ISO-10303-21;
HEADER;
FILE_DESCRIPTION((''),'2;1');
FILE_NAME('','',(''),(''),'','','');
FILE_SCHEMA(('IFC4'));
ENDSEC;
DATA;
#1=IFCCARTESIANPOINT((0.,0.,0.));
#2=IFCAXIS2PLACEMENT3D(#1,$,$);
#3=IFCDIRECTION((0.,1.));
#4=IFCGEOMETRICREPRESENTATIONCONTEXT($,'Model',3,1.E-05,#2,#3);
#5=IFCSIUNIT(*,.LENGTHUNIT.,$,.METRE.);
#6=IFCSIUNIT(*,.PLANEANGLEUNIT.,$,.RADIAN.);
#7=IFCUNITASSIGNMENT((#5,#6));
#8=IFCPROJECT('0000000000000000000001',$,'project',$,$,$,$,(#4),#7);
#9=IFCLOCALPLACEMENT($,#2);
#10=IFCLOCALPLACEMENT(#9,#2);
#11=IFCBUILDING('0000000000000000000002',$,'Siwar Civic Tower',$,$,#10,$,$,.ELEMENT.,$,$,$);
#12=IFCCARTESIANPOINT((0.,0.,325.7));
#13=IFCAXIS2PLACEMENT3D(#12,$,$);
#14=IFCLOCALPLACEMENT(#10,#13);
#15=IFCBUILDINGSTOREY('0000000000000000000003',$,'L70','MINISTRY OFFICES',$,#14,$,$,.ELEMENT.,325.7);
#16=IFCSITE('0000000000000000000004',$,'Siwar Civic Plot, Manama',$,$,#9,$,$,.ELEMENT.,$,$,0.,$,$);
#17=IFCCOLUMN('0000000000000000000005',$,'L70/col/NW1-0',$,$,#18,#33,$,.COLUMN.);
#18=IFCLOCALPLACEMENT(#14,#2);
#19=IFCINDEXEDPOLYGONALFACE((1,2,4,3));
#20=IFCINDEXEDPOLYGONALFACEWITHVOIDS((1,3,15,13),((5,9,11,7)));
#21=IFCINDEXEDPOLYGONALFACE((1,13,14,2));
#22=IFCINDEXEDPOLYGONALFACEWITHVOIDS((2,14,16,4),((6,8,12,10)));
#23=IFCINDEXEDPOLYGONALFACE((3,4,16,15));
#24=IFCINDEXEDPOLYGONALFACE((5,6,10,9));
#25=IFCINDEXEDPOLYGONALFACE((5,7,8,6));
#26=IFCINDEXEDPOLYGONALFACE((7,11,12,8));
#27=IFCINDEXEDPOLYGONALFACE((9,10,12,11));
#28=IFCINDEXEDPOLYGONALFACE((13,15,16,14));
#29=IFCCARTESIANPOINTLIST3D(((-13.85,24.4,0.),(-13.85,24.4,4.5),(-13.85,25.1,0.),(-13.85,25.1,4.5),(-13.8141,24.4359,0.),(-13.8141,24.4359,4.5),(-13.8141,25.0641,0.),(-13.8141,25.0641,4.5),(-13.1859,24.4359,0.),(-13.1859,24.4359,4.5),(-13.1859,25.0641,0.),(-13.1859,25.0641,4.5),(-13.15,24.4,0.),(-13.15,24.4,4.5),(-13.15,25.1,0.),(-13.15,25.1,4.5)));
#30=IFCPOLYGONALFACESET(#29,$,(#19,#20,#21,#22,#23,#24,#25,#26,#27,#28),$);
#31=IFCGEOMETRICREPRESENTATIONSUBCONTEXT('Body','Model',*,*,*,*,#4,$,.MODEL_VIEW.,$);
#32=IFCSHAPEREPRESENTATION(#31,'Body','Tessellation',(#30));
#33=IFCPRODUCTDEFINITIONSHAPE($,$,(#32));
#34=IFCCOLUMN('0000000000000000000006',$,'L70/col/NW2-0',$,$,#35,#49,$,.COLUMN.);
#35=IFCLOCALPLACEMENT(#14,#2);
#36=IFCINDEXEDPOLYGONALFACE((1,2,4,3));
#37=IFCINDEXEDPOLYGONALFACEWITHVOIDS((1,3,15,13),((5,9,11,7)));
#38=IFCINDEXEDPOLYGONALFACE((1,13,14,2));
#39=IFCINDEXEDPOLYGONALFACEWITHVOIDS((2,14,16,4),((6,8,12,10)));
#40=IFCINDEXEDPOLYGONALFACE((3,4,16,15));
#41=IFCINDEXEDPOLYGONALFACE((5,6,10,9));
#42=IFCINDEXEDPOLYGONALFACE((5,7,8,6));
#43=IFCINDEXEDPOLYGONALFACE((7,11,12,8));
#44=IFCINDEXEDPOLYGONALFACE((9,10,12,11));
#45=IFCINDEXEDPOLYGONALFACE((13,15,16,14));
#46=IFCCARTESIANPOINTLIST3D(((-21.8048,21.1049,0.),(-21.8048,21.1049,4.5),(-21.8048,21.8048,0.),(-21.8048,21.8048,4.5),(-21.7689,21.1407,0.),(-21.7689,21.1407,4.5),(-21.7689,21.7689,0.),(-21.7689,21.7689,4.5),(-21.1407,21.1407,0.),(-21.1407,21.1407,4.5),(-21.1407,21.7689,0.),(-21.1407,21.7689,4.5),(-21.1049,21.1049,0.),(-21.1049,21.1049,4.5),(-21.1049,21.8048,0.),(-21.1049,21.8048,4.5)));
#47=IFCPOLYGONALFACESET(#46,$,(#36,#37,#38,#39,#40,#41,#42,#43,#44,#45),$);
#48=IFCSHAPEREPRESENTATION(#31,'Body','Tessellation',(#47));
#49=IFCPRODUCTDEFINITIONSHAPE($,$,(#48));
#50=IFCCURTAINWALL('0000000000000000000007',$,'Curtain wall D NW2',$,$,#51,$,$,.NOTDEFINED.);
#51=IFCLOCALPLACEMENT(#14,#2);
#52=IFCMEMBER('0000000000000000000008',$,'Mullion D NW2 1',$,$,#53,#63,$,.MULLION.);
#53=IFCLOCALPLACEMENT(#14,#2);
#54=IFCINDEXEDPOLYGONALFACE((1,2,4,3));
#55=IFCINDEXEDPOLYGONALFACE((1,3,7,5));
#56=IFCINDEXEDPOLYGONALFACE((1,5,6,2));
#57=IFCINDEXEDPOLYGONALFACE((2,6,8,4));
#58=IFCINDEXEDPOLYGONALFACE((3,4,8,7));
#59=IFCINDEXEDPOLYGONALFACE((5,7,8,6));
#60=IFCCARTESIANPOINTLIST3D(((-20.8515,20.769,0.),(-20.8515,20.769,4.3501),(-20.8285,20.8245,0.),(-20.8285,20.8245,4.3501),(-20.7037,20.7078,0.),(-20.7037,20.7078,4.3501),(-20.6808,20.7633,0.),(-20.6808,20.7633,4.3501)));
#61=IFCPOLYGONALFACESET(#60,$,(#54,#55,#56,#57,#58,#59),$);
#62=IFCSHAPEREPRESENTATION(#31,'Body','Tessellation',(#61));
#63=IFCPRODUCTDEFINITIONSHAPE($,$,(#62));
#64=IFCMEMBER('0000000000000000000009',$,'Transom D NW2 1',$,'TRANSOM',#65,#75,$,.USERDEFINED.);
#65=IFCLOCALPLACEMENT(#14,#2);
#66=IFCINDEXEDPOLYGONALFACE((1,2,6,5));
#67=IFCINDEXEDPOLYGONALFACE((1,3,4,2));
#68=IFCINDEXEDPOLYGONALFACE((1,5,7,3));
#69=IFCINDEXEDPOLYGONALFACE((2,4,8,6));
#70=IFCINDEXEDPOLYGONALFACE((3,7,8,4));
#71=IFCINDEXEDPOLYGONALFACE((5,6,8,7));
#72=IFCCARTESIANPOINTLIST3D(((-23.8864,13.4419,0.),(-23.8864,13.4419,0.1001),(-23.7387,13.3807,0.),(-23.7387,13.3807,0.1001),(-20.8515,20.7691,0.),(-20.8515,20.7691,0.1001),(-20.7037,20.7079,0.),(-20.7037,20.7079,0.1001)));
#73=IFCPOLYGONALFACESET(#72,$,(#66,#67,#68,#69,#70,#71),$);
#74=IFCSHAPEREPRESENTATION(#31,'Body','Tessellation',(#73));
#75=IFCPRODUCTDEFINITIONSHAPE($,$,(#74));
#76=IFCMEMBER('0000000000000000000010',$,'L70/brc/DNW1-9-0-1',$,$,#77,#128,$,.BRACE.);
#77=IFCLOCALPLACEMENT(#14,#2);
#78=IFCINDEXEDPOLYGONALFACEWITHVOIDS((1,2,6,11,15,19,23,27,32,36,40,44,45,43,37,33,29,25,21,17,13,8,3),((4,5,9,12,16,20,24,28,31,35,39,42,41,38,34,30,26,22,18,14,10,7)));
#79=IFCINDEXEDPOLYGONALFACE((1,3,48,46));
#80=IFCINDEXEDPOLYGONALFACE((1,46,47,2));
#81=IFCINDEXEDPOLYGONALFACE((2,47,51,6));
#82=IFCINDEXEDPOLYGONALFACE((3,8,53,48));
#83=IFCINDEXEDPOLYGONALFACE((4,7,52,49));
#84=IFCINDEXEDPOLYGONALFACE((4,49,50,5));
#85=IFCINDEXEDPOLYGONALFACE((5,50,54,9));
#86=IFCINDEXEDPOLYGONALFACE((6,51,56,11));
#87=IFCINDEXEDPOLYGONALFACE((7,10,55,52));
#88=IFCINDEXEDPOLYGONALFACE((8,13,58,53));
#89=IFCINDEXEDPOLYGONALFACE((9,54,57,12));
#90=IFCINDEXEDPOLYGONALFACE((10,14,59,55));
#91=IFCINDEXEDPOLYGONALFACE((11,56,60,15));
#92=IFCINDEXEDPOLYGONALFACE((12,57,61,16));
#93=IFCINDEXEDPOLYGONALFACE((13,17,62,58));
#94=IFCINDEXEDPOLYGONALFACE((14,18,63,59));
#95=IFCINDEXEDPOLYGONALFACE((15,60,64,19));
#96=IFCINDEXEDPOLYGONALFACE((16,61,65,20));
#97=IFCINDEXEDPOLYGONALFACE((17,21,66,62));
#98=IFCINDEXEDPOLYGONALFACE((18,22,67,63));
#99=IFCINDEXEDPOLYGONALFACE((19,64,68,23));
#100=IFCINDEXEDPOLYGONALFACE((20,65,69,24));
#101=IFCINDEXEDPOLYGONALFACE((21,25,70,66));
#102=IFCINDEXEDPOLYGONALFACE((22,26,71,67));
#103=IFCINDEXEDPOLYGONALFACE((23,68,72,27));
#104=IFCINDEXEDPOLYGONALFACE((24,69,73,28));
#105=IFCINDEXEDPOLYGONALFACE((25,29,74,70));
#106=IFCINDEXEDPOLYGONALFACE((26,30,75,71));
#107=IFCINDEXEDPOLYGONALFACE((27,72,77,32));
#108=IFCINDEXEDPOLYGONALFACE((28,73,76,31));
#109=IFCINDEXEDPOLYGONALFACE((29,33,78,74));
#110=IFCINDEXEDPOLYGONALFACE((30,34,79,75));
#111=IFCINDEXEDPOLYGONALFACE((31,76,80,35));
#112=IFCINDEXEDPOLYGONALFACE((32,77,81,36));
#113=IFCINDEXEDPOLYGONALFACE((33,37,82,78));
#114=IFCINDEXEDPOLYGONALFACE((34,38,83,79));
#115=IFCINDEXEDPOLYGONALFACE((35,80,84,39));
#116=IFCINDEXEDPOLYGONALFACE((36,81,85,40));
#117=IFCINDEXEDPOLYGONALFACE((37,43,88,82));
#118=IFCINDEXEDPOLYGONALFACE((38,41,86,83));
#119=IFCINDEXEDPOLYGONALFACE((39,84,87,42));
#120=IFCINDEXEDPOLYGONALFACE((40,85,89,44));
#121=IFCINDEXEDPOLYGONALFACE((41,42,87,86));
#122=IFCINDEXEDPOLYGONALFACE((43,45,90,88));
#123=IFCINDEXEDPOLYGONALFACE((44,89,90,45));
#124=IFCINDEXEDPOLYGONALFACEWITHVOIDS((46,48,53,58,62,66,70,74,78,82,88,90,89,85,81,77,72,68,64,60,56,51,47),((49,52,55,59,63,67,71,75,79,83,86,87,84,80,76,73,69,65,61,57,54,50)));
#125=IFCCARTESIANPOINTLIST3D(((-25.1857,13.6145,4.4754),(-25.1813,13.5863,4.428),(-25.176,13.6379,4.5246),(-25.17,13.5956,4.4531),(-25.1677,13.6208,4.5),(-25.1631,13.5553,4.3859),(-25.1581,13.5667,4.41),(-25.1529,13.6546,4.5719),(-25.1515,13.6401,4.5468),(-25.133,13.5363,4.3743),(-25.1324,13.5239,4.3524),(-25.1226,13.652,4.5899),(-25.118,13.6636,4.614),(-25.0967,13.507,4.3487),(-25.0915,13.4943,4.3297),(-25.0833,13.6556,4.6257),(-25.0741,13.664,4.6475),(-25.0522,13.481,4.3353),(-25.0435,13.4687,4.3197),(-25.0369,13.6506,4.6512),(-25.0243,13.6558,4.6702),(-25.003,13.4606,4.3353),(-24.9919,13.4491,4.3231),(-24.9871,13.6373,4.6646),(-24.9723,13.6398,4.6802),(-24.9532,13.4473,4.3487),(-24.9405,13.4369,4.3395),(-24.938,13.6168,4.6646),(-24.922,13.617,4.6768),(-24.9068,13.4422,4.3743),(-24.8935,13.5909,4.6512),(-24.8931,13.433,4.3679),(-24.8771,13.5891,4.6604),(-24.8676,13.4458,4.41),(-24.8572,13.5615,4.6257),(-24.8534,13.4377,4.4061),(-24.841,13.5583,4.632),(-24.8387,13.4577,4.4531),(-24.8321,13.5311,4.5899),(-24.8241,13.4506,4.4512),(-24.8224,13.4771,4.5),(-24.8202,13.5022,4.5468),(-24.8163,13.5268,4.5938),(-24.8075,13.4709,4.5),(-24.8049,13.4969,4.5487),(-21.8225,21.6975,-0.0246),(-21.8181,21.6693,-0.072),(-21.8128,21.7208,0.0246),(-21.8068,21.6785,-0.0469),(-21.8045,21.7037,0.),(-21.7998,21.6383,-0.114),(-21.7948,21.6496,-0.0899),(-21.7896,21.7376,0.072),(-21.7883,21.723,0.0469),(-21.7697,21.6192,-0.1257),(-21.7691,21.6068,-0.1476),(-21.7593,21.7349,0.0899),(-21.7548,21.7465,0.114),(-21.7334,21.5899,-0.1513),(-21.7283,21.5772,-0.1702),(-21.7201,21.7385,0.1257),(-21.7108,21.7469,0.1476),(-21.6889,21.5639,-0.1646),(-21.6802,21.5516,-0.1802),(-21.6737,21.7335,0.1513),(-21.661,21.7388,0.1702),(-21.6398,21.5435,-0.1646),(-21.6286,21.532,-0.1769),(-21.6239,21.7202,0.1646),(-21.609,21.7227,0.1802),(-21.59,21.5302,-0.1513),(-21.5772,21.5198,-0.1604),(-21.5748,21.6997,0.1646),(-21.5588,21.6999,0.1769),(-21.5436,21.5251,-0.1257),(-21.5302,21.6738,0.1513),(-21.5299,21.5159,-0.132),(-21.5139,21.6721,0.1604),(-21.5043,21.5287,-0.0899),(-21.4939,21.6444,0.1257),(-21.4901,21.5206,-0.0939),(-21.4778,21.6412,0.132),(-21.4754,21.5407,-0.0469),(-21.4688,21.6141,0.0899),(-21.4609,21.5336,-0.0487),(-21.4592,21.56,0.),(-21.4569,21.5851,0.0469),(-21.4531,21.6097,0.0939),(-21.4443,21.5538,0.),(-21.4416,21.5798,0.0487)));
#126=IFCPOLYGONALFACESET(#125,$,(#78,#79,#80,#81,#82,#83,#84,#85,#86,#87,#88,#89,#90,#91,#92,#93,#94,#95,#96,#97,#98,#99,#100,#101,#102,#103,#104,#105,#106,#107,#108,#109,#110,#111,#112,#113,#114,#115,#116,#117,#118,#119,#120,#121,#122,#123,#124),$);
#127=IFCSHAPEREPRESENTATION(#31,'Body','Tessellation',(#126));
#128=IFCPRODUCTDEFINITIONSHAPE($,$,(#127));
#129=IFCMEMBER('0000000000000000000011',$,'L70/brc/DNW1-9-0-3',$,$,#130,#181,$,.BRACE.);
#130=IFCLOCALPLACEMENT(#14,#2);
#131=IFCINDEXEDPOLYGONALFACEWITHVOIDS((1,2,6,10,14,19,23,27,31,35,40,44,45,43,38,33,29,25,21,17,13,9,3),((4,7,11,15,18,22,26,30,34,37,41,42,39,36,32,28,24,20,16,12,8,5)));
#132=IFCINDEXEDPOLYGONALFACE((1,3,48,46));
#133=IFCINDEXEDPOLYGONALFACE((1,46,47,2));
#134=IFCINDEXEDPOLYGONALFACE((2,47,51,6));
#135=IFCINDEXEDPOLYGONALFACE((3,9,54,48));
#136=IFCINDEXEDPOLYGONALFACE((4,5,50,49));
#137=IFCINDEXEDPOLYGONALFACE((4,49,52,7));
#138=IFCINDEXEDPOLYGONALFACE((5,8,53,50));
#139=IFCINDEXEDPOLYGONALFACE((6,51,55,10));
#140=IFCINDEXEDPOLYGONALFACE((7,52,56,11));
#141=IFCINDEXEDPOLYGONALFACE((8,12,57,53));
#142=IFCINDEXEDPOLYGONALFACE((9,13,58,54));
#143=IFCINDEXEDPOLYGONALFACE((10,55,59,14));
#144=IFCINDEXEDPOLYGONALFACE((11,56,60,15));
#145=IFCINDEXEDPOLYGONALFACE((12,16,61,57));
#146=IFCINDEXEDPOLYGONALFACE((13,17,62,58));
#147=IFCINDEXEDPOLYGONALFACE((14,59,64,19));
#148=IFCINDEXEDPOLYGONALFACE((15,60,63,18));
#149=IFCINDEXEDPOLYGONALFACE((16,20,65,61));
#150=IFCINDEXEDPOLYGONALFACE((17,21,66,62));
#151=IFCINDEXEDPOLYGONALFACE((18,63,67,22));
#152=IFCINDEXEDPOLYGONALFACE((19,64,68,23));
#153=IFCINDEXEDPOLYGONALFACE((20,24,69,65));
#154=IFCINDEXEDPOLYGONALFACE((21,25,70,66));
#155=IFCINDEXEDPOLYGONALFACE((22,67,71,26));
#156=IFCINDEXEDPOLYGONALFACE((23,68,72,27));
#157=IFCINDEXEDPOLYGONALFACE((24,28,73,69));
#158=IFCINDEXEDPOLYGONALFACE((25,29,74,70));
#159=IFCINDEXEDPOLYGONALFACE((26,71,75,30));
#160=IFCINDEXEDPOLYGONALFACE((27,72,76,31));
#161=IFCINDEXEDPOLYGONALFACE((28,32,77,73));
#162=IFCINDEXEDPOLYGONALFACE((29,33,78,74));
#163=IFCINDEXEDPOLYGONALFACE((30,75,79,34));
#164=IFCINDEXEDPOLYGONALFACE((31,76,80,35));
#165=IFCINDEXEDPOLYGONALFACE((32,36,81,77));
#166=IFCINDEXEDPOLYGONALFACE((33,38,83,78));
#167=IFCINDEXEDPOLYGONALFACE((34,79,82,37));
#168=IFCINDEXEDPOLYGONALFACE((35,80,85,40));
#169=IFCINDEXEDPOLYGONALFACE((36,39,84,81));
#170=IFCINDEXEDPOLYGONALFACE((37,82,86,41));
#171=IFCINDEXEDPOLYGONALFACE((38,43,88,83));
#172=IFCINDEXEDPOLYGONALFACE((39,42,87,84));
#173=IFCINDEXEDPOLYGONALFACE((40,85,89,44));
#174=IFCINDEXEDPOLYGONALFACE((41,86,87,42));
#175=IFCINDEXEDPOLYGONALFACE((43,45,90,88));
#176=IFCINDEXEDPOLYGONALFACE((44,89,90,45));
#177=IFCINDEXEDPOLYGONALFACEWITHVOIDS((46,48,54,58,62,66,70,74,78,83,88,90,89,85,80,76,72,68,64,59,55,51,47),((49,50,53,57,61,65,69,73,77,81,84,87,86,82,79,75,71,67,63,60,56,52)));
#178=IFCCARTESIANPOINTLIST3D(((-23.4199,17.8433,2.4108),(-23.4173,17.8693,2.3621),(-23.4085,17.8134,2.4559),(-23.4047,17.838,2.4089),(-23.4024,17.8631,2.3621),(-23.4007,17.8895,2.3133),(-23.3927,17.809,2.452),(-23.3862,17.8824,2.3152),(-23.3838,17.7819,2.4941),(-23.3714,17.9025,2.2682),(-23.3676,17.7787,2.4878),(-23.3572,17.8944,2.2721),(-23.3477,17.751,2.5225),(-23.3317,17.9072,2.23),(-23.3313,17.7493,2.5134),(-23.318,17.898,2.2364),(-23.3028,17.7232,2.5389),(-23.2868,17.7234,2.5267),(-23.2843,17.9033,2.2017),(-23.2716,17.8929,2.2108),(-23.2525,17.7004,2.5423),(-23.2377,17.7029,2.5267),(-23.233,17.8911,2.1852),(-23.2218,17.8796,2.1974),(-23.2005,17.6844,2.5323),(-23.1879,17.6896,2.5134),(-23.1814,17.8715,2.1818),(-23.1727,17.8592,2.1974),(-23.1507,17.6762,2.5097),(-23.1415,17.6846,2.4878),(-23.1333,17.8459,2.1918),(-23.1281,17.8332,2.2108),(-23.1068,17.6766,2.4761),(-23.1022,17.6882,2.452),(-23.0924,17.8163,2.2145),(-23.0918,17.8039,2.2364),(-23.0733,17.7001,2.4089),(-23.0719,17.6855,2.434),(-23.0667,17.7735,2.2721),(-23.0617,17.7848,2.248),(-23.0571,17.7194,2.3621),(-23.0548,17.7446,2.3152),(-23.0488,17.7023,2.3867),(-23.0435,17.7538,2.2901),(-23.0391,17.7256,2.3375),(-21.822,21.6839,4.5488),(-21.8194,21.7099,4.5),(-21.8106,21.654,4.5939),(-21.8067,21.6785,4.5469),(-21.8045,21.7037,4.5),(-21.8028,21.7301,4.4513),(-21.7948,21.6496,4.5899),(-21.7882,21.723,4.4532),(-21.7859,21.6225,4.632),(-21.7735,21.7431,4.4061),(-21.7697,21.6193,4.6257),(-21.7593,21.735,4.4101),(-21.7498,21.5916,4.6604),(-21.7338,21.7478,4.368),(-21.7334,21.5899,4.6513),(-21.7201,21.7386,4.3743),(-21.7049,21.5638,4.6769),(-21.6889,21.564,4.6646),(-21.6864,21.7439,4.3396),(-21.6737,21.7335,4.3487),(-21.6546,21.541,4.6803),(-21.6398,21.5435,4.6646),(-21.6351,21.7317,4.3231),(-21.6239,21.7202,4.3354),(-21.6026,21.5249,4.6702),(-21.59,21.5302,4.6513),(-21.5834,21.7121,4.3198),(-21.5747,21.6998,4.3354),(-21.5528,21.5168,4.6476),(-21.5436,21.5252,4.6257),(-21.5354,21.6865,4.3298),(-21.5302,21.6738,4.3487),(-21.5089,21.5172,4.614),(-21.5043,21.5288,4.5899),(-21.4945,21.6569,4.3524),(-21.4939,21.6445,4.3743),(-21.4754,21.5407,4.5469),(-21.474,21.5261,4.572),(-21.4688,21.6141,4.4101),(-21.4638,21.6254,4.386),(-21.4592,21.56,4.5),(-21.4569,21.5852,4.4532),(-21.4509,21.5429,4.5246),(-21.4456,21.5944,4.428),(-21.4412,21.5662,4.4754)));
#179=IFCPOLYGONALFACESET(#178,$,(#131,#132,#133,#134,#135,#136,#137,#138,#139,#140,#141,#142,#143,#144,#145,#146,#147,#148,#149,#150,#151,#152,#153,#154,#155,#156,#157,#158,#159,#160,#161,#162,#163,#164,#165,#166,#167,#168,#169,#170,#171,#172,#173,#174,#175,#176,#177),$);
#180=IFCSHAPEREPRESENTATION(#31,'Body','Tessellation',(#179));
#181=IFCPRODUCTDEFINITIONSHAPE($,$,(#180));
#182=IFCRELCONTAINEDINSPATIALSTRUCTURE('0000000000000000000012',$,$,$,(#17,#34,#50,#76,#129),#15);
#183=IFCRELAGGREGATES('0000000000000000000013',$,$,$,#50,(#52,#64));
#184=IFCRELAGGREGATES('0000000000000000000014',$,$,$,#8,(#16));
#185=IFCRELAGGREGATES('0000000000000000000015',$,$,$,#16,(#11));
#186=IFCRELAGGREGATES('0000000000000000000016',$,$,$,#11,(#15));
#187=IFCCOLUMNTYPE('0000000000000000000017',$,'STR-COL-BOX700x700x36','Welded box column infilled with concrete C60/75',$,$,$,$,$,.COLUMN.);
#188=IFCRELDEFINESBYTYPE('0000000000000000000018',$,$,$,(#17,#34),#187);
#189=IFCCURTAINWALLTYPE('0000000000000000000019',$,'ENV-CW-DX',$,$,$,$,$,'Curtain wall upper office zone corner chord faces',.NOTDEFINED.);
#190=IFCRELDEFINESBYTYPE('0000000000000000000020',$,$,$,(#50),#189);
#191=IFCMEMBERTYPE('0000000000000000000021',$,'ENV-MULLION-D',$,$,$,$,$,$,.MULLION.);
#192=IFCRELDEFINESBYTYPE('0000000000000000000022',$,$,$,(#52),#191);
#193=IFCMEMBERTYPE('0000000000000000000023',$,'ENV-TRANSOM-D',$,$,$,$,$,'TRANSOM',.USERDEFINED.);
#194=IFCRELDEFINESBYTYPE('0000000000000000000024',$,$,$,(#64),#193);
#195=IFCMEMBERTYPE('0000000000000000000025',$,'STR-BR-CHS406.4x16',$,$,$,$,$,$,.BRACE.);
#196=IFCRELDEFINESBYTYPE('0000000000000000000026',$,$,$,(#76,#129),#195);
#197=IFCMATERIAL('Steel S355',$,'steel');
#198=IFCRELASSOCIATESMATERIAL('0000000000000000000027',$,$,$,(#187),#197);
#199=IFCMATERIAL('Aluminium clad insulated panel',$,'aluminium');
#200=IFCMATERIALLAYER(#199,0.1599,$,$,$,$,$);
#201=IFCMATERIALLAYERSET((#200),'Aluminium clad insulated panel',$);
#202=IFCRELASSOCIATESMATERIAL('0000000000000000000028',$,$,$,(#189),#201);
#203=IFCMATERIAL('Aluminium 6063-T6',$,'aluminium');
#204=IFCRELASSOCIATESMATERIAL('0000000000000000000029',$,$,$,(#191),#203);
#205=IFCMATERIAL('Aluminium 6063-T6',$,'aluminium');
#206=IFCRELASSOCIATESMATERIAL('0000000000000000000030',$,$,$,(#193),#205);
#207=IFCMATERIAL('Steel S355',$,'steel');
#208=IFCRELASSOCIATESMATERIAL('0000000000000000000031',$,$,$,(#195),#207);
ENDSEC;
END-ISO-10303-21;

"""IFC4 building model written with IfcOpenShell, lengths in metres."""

from ifc_helpers import new_model, si_unit, direction, frame, origin, origin_2d, place, context, subcontext, project, spatial, rectangle, hollow_rectangle, hollow_circle, extrude, material, layer, layer_set, material_profile, profile_set, type_object, element, aggregate, save


model = new_model("IFC4")

# Units and contexts
model_context = context("Model", 3, precision=1e-05, world=origin(), true_north=direction((0.0, 1.0)))
body_context = subcontext(model_context, "Body", "Model", "MODEL_VIEW")
ifc_project = project(units=[si_unit("LENGTHUNIT", "METRE"), si_unit("PLANEANGLEUNIT", "RADIAN")], contexts=[model_context])

# Site, building, storey
site_placement = place(None, origin())
site = spatial("IfcSite", under=ifc_project, at=site_placement, Name="Siwar Civic Plot, Manama", CompositionType="ELEMENT", RefElevation=0.0)
building_placement = place(site_placement, origin())
building = spatial("IfcBuilding", under=site, at=building_placement, Name="Siwar Civic Tower", CompositionType="ELEMENT")
storey_placement = place(building_placement, frame((0.0, 0.0, 325.7)))
storey = spatial("IfcBuildingStorey", under=building, at=storey_placement, Name="L70", Description="MINISTRY OFFICES", CompositionType="ELEMENT", Elevation=325.7)

# Columns
ifc_material_1 = material(Name="Steel S355", Category="steel")
ifc_material_profile_1 = material_profile(ifc_material_1, hollow_rectangle(XDim=0.7, YDim=0.7, WallThickness=0.0359, at=origin_2d()), Name="BOX700x700x36")
ifc_profile_set_1 = profile_set([ifc_material_profile_1], Name="Steel S355")
column_type = type_object("IfcColumnType", Name="STR-COL-BOX700x700x36", Description="Welded box column infilled with concrete C60/75", PredefinedType="COLUMN", material=ifc_profile_set_1)
for number, where, z_axis, x_axis, name in (
    (1, (-13.5, 24.75, 0.0), (0.0, 0.0, 1.0), (1.0, 0.0, 0.0), "L70/col/NW1-0"),
    (2, (-21.4548, 21.4548, 0.0), (0.0, 0.0, 1.0), (1.0, 0.0, 0.0), "L70/col/NW2-0"),
):
    element("IfcColumn", number, at=place(storey_placement, frame(where, z_axis=z_axis, x_axis=x_axis)), inside=storey, type_object=column_type, Name=name, PredefinedType="COLUMN", context=body_context, shape_type="SweptSolid", body=[
        extrude(hollow_rectangle(XDim=0.7, YDim=0.7, WallThickness=0.0359, at=origin_2d()), origin(), (0.0, 0.0, 1.0), 4.5),
    ])

# Curtain wall, members
ifc_material_2 = material(Name="Aluminium clad insulated panel", Category="aluminium")
ifc_layer_1 = layer(ifc_material_2, 0.1599)
ifc_layer_set_1 = layer_set([ifc_layer_1], Name="Aluminium clad insulated panel")
curtain_wall_type = type_object("IfcCurtainWallType", Name="ENV-CW-DX", ElementType="Curtain wall upper office zone corner chord faces", PredefinedType="NOTDEFINED", material=ifc_layer_set_1)
curtain_wall_1_placement = place(storey_placement, origin())
curtain_wall_1 = element("IfcCurtainWall", 3, at=curtain_wall_1_placement, inside=storey, type_object=curtain_wall_type, Name="Curtain wall D NW2", PredefinedType="NOTDEFINED")
ifc_material_3 = material(Name="Aluminium 6063-T6", Category="aluminium")
ifc_material_profile_2 = material_profile(ifc_material_3, rectangle(XDim=0.1599, YDim=0.0601, at=origin_2d()), Name="AL 160x60")
ifc_profile_set_2 = profile_set([ifc_material_profile_2], Name="Aluminium 6063-T6")
member_type_1 = type_object("IfcMemberType", Name="ENV-MULLION-D", PredefinedType="MULLION", material=ifc_profile_set_2)
member_1_placement = place(storey_placement, frame((-20.7661, 20.7661, 0.0), z_axis=(0.0, 0.0, 1.0), x_axis=(0.92388, -0.382683, 0.0)))
member_1 = element("IfcMember", 4, at=member_1_placement, type_object=member_type_1, Name="Mullion D NW2 1", PredefinedType="MULLION", context=body_context, shape_type="SweptSolid", body=[
    extrude(rectangle(XDim=0.1599, YDim=0.0601, at=origin_2d()), origin(), (0.0, 0.0, 1.0), 4.3501),
])
ifc_material_4 = material(Name="Aluminium 6063-T6", Category="aluminium")
ifc_material_profile_3 = material_profile(ifc_material_4, rectangle(XDim=0.1599, YDim=0.1001, at=origin_2d()), Name="AL 160x100")
ifc_profile_set_3 = profile_set([ifc_material_profile_3], Name="Aluminium 6063-T6")
member_type_2 = type_object("IfcMemberType", Name="ENV-TRANSOM-D", ElementType="TRANSOM", PredefinedType="USERDEFINED", material=ifc_profile_set_3)
member_2_placement = place(storey_placement, frame((-20.7776, 20.7385, 0.05), z_axis=(-0.382674, -0.923884, 0.0), x_axis=(0.923884, -0.382674, 0.0)))
member_2 = element("IfcMember", 5, at=member_2_placement, type_object=member_type_2, Name="Transom D NW2 1", ObjectType="TRANSOM", PredefinedType="USERDEFINED", context=body_context, shape_type="SweptSolid", body=[
    extrude(rectangle(XDim=0.1599, YDim=0.1001, at=origin_2d()), origin(), (0.0, 0.0, 1.0), 7.9309),
])

# Members
ifc_material_5 = material(Name="Steel S355", Category="steel")
ifc_material_profile_4 = material_profile(ifc_material_5, hollow_circle(Radius=0.2031, WallThickness=0.0161, at=origin_2d()), Name="CHS406.4x16")
ifc_profile_set_4 = profile_set([ifc_material_profile_4], Name="Steel S355")
member_type_3 = type_object("IfcMemberType", Name="STR-BR-CHS406.4x16", PredefinedType="BRACE", material=ifc_profile_set_4)
member_3_placement = place(storey_placement, frame((-21.6318, 21.6318, 0.0), z_axis=(-0.341671, -0.821143, 0.457149), x_axis=(0.923265, -0.384164, 0.0)))
element("IfcMember", 6, at=member_3_placement, inside=storey, type_object=member_type_3, Name="L70/brc/DNW1-9-0-1", PredefinedType="BRACE", context=body_context, shape_type="SweptSolid", body=[
    extrude(hollow_circle(Radius=0.2031, WallThickness=0.0161, at=origin_2d()), origin(), (0.0, 0.0, 1.0), 9.8435),
])
member_4_placement = place(storey_placement, frame((-23.2297, 17.7913, 2.3621), z_axis=(0.341653, 0.821167, 0.45712), x_axis=(-0.923276, 0.384136, 0.0)))
element("IfcMember", 7, at=member_4_placement, inside=storey, type_object=member_type_3, Name="L70/brc/DNW1-9-0-3", PredefinedType="BRACE", context=body_context, shape_type="SweptSolid", body=[
    extrude(hollow_circle(Radius=0.2031, WallThickness=0.0161, at=origin_2d()), origin(), (0.0, 0.0, 1.0), 4.677),
])

aggregate(curtain_wall_1, [member_1, member_2])

save(model, "model.ifc")
